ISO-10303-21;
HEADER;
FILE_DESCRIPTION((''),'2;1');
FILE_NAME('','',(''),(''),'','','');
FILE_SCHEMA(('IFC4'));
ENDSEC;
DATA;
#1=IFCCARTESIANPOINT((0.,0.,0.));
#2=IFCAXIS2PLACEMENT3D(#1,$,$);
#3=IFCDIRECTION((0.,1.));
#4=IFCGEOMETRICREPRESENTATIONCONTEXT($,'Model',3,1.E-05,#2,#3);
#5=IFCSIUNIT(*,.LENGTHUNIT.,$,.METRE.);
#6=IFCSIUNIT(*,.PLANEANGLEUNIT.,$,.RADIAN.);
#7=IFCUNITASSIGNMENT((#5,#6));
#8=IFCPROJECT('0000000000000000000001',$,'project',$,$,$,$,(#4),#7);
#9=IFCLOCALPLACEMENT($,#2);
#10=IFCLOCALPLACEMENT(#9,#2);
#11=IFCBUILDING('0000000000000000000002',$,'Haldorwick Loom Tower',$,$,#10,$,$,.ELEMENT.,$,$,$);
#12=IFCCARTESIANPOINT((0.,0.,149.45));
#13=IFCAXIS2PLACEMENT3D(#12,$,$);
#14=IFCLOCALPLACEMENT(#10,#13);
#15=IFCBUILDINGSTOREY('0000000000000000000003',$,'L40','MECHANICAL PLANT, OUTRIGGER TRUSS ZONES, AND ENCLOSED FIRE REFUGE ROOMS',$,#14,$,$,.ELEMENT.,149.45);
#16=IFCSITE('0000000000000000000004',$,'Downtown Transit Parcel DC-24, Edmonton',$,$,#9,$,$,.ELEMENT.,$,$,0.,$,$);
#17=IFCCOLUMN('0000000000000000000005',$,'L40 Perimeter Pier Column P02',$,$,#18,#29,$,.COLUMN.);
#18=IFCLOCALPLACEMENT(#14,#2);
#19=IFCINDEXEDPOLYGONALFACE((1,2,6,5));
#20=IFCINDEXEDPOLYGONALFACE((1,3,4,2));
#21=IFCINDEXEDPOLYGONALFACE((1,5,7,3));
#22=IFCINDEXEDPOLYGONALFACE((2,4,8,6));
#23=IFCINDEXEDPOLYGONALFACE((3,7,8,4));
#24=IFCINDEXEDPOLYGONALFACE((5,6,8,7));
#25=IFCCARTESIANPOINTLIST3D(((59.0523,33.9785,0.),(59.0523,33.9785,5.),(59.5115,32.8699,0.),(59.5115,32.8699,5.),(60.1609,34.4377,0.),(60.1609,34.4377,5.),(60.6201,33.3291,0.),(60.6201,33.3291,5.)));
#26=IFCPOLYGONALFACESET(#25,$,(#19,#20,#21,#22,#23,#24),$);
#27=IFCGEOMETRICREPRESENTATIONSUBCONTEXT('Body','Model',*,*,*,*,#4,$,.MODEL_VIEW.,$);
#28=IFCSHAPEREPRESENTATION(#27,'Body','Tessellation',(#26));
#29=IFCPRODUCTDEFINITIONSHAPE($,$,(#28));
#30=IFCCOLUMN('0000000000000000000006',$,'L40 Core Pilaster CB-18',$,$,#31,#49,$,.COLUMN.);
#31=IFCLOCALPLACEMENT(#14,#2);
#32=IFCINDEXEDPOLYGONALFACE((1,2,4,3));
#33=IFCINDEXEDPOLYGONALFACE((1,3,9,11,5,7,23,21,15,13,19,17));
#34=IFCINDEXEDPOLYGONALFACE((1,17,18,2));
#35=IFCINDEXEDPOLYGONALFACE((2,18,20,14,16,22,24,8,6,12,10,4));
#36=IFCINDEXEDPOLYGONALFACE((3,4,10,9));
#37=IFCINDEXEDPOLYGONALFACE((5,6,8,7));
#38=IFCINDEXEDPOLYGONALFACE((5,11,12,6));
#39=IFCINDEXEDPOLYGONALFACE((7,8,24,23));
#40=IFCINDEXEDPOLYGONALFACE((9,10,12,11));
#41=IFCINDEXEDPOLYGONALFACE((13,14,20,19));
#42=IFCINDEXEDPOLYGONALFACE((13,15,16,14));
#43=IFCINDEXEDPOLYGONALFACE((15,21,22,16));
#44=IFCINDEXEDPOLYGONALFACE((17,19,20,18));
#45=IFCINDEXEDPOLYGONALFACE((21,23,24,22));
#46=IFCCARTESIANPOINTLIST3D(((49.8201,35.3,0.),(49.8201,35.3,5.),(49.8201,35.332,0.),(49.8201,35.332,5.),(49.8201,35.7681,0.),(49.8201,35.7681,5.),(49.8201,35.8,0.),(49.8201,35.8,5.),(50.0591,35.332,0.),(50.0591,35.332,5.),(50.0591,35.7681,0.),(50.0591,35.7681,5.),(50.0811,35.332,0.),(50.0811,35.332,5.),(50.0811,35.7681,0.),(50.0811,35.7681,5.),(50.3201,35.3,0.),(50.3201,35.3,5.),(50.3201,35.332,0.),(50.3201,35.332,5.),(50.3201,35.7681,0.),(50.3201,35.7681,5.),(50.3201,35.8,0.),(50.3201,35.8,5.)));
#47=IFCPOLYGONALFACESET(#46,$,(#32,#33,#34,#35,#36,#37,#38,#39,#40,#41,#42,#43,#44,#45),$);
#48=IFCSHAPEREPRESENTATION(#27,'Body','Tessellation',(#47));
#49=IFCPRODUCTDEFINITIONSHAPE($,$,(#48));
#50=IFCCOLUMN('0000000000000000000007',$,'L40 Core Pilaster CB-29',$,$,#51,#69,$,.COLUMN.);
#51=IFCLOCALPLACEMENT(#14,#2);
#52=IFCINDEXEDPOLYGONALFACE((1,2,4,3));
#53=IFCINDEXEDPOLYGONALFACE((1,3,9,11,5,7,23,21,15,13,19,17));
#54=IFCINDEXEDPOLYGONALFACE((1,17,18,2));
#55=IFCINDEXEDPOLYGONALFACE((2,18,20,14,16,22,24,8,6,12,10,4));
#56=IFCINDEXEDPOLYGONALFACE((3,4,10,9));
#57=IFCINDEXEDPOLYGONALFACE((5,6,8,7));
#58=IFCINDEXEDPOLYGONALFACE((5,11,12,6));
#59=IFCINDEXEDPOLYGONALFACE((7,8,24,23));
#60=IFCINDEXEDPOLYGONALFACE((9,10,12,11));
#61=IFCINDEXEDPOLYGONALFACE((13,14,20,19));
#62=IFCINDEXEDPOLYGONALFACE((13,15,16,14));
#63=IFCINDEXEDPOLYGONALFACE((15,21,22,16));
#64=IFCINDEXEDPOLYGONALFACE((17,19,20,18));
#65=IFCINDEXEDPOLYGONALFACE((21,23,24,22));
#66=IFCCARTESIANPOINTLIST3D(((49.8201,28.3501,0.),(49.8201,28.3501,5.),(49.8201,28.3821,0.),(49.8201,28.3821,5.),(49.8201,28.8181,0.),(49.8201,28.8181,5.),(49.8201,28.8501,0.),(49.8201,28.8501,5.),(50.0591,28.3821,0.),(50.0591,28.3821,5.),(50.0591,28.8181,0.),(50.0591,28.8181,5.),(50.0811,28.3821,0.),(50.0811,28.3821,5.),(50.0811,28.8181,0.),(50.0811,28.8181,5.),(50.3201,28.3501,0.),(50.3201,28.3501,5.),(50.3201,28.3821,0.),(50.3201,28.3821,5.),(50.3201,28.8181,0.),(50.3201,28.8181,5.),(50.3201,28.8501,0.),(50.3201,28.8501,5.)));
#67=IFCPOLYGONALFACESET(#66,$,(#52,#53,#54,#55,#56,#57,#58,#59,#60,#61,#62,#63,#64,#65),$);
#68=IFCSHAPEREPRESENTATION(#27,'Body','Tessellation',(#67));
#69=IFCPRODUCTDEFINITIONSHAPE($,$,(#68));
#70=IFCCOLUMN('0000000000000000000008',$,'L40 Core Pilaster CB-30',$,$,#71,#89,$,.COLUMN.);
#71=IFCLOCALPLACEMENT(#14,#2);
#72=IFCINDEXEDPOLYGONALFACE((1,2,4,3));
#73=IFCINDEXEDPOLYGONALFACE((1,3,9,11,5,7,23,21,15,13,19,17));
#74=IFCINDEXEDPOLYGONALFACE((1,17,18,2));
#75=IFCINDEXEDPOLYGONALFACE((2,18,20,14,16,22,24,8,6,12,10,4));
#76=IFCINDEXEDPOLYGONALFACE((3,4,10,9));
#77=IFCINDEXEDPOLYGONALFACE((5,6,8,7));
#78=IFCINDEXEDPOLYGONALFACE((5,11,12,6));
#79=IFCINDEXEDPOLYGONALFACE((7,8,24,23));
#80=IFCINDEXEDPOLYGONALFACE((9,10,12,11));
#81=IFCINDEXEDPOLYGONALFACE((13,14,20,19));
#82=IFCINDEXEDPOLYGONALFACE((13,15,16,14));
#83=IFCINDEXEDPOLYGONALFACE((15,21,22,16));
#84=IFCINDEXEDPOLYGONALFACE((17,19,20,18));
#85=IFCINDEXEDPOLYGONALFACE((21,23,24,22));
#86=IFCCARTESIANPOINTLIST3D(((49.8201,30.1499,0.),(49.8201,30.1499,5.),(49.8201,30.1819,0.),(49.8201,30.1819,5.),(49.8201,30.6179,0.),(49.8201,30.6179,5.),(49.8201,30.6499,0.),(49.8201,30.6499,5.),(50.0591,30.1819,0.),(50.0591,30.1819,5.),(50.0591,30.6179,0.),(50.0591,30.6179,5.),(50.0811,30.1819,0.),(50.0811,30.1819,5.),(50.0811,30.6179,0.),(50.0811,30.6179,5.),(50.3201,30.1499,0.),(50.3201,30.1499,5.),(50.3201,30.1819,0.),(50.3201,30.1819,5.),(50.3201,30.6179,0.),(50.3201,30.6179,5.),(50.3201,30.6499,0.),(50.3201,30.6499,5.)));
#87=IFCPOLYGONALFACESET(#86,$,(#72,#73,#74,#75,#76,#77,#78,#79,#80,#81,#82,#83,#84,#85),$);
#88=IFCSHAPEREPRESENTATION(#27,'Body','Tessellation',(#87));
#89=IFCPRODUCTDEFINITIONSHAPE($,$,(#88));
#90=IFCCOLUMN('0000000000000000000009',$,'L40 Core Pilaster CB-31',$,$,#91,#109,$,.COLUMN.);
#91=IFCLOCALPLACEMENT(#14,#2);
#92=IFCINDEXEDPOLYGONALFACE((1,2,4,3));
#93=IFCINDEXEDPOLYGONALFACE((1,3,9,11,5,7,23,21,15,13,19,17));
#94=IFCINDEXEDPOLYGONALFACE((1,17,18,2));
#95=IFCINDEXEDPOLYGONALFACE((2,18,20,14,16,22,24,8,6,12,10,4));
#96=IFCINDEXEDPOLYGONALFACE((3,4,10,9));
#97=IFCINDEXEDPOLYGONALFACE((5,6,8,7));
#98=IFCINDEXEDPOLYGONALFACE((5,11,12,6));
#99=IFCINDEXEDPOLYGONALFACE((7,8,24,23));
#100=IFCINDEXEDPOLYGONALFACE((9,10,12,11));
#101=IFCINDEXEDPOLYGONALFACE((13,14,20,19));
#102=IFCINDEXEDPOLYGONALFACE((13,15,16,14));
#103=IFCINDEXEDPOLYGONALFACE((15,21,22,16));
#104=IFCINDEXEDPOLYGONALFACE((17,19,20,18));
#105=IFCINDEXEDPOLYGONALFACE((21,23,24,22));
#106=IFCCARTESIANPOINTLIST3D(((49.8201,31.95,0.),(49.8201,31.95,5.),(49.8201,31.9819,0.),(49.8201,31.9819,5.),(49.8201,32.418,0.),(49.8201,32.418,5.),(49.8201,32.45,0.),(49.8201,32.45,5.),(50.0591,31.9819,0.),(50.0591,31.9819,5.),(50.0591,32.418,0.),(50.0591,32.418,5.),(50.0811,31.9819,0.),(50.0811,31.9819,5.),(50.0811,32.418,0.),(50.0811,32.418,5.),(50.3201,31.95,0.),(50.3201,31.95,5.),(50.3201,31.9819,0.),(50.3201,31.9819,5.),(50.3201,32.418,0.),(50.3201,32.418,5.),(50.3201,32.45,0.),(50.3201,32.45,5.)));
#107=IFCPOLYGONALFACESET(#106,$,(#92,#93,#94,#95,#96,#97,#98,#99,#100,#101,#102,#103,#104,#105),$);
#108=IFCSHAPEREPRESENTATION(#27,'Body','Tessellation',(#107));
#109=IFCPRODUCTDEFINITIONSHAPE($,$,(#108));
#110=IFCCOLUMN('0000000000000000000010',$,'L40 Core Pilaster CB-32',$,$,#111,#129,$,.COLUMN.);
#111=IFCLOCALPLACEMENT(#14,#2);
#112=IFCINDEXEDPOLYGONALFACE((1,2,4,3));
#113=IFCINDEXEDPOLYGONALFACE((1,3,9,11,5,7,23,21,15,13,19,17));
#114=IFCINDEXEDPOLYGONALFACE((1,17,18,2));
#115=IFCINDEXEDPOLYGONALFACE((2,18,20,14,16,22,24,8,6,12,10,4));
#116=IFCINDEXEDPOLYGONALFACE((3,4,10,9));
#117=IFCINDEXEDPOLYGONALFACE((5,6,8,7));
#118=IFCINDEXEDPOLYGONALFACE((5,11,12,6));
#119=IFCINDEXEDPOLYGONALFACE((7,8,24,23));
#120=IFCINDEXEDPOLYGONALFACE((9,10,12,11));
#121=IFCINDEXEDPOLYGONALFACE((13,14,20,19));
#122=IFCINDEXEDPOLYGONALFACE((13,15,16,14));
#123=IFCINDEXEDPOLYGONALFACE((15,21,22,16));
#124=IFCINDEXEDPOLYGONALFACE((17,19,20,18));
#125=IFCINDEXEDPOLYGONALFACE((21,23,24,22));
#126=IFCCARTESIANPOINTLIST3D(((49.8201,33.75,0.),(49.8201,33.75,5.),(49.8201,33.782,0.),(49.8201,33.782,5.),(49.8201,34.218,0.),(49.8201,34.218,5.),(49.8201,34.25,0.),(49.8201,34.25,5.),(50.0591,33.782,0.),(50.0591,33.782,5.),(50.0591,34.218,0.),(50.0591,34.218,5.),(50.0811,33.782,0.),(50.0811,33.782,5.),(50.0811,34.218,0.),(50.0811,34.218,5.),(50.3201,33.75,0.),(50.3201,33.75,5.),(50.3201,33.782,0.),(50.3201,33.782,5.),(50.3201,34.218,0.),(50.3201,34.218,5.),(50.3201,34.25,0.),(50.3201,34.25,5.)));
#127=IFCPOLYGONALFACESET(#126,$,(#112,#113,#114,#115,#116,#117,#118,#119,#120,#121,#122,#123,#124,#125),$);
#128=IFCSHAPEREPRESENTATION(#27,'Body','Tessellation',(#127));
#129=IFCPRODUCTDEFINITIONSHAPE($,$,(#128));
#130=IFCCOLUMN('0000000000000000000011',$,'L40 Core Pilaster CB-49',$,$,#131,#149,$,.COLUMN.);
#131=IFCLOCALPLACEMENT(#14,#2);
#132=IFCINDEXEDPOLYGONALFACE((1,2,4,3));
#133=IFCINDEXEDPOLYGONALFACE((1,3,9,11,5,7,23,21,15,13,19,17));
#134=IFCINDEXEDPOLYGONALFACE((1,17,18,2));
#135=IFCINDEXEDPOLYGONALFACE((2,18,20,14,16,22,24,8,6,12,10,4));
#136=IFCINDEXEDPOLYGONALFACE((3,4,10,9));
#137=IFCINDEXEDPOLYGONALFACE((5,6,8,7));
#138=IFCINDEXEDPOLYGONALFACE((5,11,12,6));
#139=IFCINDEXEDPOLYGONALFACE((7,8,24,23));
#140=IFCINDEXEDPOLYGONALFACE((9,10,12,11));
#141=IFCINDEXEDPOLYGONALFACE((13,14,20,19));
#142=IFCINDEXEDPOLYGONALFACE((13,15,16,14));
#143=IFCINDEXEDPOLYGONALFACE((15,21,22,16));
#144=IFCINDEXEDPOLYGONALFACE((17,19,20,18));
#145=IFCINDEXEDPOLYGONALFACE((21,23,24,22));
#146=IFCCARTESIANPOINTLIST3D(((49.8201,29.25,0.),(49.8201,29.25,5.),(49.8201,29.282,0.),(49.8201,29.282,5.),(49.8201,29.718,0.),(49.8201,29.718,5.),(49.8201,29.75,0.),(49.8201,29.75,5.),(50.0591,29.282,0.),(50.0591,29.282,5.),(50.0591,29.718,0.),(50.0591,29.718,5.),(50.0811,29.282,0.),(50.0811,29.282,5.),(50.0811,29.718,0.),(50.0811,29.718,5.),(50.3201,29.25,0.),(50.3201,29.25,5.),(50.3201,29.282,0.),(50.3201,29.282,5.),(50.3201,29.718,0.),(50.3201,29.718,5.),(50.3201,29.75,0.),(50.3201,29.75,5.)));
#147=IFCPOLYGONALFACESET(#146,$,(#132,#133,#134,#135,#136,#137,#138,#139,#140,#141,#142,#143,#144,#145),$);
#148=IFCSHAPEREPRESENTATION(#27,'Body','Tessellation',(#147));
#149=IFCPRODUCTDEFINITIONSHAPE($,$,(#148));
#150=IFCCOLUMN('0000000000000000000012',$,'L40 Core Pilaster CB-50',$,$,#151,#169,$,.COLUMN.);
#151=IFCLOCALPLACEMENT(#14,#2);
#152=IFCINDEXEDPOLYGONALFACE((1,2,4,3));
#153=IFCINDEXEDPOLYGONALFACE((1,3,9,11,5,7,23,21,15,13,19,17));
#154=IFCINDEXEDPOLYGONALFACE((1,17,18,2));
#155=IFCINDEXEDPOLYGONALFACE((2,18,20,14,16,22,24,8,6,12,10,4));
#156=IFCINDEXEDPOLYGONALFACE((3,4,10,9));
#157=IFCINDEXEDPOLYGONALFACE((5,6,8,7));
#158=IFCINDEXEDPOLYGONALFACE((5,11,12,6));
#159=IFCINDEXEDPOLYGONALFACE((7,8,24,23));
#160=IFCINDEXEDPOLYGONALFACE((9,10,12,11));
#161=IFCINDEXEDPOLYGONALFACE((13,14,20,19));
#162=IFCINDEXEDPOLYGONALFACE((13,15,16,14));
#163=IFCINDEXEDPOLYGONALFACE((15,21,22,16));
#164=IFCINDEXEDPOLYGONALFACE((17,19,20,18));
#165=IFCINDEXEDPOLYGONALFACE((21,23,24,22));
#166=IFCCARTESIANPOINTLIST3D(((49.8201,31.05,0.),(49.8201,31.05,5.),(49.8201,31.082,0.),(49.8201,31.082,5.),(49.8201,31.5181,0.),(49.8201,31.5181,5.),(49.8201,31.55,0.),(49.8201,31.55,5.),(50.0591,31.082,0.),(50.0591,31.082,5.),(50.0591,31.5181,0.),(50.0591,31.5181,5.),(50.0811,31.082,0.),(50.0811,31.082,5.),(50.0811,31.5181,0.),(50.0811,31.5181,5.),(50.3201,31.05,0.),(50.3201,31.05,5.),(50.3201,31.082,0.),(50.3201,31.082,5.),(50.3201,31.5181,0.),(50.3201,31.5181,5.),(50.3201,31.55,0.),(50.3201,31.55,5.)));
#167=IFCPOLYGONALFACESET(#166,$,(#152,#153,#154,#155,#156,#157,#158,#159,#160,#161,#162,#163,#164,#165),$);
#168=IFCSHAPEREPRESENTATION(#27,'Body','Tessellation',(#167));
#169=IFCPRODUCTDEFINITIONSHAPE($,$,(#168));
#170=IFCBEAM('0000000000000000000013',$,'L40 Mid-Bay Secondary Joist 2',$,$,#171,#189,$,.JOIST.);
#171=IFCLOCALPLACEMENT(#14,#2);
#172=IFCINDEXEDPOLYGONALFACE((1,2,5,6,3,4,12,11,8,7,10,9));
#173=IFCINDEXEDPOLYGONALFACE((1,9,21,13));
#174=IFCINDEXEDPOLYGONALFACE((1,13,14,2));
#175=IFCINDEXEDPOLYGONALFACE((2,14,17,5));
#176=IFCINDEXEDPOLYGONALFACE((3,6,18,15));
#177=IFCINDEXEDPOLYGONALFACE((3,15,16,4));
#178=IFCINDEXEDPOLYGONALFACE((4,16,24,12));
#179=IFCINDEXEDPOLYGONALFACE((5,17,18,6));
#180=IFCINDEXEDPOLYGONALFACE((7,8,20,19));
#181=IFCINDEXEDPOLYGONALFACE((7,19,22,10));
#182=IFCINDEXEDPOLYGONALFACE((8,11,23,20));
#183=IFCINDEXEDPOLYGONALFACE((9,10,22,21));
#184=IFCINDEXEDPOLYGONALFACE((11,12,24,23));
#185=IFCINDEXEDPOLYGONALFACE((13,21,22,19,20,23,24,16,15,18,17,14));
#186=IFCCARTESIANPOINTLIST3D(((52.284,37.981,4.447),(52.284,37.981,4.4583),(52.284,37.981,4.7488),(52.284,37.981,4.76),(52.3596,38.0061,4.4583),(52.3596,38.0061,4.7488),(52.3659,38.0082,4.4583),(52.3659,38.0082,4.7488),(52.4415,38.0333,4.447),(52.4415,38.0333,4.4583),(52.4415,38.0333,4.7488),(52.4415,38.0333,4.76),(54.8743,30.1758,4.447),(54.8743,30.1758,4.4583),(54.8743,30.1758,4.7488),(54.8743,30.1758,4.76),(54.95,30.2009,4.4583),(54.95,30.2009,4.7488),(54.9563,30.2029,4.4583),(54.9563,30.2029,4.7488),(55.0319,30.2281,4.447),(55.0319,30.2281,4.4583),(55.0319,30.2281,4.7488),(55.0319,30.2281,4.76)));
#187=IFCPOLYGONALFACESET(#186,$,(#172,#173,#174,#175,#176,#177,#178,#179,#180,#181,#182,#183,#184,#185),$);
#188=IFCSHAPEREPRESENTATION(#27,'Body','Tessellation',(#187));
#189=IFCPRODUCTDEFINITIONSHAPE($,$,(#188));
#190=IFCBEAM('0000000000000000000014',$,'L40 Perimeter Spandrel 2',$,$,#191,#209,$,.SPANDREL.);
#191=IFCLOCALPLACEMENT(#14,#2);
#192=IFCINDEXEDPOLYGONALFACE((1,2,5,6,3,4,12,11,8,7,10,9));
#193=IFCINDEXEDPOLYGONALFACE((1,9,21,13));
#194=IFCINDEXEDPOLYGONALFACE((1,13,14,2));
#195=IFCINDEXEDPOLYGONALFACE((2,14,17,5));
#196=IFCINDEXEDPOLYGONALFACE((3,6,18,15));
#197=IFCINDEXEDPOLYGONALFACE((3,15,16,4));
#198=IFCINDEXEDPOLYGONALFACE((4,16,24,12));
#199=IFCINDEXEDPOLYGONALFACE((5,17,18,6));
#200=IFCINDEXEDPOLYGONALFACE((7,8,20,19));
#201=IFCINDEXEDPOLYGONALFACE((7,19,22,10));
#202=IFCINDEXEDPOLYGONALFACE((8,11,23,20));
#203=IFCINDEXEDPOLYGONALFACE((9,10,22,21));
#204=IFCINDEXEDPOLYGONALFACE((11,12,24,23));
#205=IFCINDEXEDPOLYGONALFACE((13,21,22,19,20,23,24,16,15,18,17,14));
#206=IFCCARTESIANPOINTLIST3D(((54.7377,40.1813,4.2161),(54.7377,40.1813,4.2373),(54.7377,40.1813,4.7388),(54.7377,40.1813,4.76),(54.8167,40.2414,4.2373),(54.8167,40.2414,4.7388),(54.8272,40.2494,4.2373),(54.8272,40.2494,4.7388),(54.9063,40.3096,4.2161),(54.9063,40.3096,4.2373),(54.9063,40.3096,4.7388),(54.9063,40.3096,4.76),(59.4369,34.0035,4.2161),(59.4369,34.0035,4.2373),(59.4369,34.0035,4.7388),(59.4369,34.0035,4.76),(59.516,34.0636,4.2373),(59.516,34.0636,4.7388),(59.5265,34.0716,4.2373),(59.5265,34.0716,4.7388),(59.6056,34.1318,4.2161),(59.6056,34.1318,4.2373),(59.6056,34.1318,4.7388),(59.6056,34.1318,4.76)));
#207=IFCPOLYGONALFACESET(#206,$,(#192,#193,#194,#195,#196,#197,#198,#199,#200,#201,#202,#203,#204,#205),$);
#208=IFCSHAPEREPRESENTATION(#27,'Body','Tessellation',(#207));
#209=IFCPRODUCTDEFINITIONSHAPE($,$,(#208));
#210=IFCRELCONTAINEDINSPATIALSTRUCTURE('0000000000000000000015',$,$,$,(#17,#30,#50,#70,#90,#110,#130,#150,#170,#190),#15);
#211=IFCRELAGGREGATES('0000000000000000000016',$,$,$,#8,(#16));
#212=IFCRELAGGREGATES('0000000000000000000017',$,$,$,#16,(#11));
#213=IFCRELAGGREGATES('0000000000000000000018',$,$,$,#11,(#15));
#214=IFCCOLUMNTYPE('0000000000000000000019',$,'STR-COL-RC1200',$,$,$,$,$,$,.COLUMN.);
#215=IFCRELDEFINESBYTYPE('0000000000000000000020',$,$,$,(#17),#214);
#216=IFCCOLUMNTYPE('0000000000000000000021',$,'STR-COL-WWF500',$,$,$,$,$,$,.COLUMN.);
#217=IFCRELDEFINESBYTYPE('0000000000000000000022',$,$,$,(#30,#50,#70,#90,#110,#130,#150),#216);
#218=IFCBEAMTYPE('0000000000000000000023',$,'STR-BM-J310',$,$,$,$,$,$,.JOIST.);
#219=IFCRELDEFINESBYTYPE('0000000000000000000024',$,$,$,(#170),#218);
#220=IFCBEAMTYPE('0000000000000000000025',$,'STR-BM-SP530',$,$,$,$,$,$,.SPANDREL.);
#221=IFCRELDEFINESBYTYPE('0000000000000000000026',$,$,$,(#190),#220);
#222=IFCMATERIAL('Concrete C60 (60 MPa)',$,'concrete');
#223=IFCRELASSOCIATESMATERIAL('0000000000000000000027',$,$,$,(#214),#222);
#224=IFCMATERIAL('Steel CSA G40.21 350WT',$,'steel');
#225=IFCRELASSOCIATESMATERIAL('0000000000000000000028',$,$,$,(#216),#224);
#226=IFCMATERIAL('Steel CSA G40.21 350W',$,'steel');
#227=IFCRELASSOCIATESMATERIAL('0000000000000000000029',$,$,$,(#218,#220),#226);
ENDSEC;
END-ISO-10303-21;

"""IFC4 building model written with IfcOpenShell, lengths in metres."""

from ifc_helpers import new_model, si_unit, direction, frame, origin, origin_2d, place, context, subcontext, project, spatial, rectangle, i_section, extrude, material, material_profile, profile_set, type_object, element, save


model = new_model("IFC4")

# Units and contexts
model_context = context("Model", 3, precision=1e-05, world=origin(), true_north=direction((0.0, 1.0)))
body_context = subcontext(model_context, "Body", "Model", "MODEL_VIEW")
ifc_project = project(units=[si_unit("LENGTHUNIT", "METRE"), si_unit("PLANEANGLEUNIT", "RADIAN")], contexts=[model_context])

# Site, building, storey
site_placement = place(None, origin())
site = spatial("IfcSite", under=ifc_project, at=site_placement, Name="Downtown Transit Parcel DC-24, Edmonton", CompositionType="ELEMENT", RefElevation=0.0)
building_placement = place(site_placement, origin())
building = spatial("IfcBuilding", under=site, at=building_placement, Name="Haldorwick Loom Tower", CompositionType="ELEMENT")
storey_placement = place(building_placement, frame((0.0, 0.0, 149.45)))
storey = spatial("IfcBuildingStorey", under=building, at=storey_placement, Name="L40", Description="MECHANICAL PLANT, OUTRIGGER TRUSS ZONES, AND ENCLOSED FIRE REFUGE ROOMS", CompositionType="ELEMENT", Elevation=149.45)

# Columns
ifc_material_1 = material(Name="Concrete C60 (60 MPa)", Category="concrete")
ifc_material_profile_1 = material_profile(ifc_material_1, rectangle(XDim=1.2, YDim=1.2, at=origin_2d()), Name="RC1200X1200", Category="concrete")
ifc_profile_set_1 = profile_set([ifc_material_profile_1], Name="Concrete C60 (60 MPa)")
column_type_1 = type_object("IfcColumnType", Name="STR-COL-RC1200", PredefinedType="COLUMN", material=ifc_profile_set_1)
column_placement = place(storey_placement, frame((59.8362, 33.6538, 0.0), z_axis=(0.0, 0.0, 1.0), x_axis=(0.92388, 0.382683, 0.0)))
element("IfcColumn", 1, at=column_placement, inside=storey, type_object=column_type_1, Name="L40 Perimeter Pier Column P02", PredefinedType="COLUMN", context=body_context, shape_type="SweptSolid", body=[
    extrude(rectangle(XDim=1.2, YDim=1.2, at=origin_2d()), origin(), (0.0, 0.0, 1.0), 5.0),
])
ifc_material_2 = material(Name="Steel CSA G40.21 350WT", Category="steel")
ifc_material_profile_2 = material_profile(ifc_material_2, i_section(OverallWidth=0.5, OverallDepth=0.5, WebThickness=0.022, FlangeThickness=0.032, at=origin_2d()), Name="WWF500X500", Category="steel")
ifc_profile_set_2 = profile_set([ifc_material_profile_2], Name="Steel CSA G40.21 350WT")
column_type_2 = type_object("IfcColumnType", Name="STR-COL-WWF500", PredefinedType="COLUMN", material=ifc_profile_set_2)
for number, where, z_axis, x_axis, name in (
    (2, (50.0701, 35.55, 0.0), (0.0, 0.0, 1.0), (1.0, 0.0, 0.0), "L40 Core Pilaster CB-18"),
    (3, (50.0701, 28.6001, 0.0), (0.0, 0.0, 1.0), (1.0, 0.0, 0.0), "L40 Core Pilaster CB-29"),
    (4, (50.0701, 30.3999, 0.0), (0.0, 0.0, 1.0), (1.0, 0.0, 0.0), "L40 Core Pilaster CB-30"),
    (5, (50.0701, 32.2, 0.0), (0.0, 0.0, 1.0), (1.0, 0.0, 0.0), "L40 Core Pilaster CB-31"),
    (6, (50.0701, 34.0, 0.0), (0.0, 0.0, 1.0), (1.0, 0.0, 0.0), "L40 Core Pilaster CB-32"),
    (7, (50.0701, 29.5, 0.0), (0.0, 0.0, 1.0), (1.0, 0.0, 0.0), "L40 Core Pilaster CB-49"),
    (8, (50.0701, 31.3, 0.0), (0.0, 0.0, 1.0), (1.0, 0.0, 0.0), "L40 Core Pilaster CB-50"),
):
    element("IfcColumn", number, at=place(storey_placement, frame(where, z_axis=z_axis, x_axis=x_axis)), inside=storey, type_object=column_type_2, Name=name, PredefinedType="COLUMN", context=body_context, shape_type="SweptSolid", body=[
        extrude(i_section(OverallWidth=0.5, OverallDepth=0.5, WebThickness=0.022, FlangeThickness=0.032, at=origin_2d()), origin(), (0.0, 0.0, 1.0), 5.0),
    ])

# Beams
ifc_material_3 = material(Name="Steel CSA G40.21 350W", Category="steel")
ifc_material_profile_3 = material_profile(ifc_material_3, i_section(OverallWidth=0.166, OverallDepth=0.313, WebThickness=0.0066, FlangeThickness=0.0112, at=origin_2d()), Name="W310X45", Category="steel")
ifc_profile_set_3 = profile_set([ifc_material_profile_3], Name="Steel CSA G40.21 350W")
beam_type_1 = type_object("IfcBeamType", Name="STR-BM-J310", PredefinedType="JOIST", material=ifc_profile_set_3)
beam_1_placement = place(storey_placement, frame((54.9531, 30.2019, 4.6035), z_axis=(-0.314981, 0.949098, 0.0), x_axis=(-0.949098, -0.314981, 0.0)))
element("IfcBeam", 9, at=beam_1_placement, inside=storey, type_object=beam_type_1, Name="L40 Mid-Bay Secondary Joist 2", PredefinedType="JOIST", context=body_context, shape_type="SweptSolid", body=[
    extrude(i_section(OverallWidth=0.166, OverallDepth=0.313, WebThickness=0.0066, FlangeThickness=0.0112, at=origin_2d()), origin(), (0.0, 0.0, 1.0), 8.2239),
])
ifc_material_profile_4 = material_profile(ifc_material_3, i_section(OverallWidth=0.2119, OverallDepth=0.5439, WebThickness=0.0132, FlangeThickness=0.0212, at=origin_2d()), Name="W530X123", Category="steel")
ifc_profile_set_4 = profile_set([ifc_material_profile_4], Name="Steel CSA G40.21 350W")
beam_type_2 = type_object("IfcBeamType", Name="STR-BM-SP530", PredefinedType="SPANDREL", material=ifc_profile_set_4)
beam_2_placement = place(storey_placement, frame((59.5212, 34.0676, 4.488), z_axis=(-0.605421, 0.795905, 0.0), x_axis=(-0.795905, -0.605421, 0.0)))
element("IfcBeam", 10, at=beam_2_placement, inside=storey, type_object=beam_type_2, Name="L40 Perimeter Spandrel 2", PredefinedType="SPANDREL", context=body_context, shape_type="SweptSolid", body=[
    extrude(i_section(OverallWidth=0.2119, OverallDepth=0.5439, WebThickness=0.0132, FlangeThickness=0.0212, at=origin_2d()), origin(), (0.0, 0.0, 1.0), 7.762),
])

save(model, "model.ifc")
